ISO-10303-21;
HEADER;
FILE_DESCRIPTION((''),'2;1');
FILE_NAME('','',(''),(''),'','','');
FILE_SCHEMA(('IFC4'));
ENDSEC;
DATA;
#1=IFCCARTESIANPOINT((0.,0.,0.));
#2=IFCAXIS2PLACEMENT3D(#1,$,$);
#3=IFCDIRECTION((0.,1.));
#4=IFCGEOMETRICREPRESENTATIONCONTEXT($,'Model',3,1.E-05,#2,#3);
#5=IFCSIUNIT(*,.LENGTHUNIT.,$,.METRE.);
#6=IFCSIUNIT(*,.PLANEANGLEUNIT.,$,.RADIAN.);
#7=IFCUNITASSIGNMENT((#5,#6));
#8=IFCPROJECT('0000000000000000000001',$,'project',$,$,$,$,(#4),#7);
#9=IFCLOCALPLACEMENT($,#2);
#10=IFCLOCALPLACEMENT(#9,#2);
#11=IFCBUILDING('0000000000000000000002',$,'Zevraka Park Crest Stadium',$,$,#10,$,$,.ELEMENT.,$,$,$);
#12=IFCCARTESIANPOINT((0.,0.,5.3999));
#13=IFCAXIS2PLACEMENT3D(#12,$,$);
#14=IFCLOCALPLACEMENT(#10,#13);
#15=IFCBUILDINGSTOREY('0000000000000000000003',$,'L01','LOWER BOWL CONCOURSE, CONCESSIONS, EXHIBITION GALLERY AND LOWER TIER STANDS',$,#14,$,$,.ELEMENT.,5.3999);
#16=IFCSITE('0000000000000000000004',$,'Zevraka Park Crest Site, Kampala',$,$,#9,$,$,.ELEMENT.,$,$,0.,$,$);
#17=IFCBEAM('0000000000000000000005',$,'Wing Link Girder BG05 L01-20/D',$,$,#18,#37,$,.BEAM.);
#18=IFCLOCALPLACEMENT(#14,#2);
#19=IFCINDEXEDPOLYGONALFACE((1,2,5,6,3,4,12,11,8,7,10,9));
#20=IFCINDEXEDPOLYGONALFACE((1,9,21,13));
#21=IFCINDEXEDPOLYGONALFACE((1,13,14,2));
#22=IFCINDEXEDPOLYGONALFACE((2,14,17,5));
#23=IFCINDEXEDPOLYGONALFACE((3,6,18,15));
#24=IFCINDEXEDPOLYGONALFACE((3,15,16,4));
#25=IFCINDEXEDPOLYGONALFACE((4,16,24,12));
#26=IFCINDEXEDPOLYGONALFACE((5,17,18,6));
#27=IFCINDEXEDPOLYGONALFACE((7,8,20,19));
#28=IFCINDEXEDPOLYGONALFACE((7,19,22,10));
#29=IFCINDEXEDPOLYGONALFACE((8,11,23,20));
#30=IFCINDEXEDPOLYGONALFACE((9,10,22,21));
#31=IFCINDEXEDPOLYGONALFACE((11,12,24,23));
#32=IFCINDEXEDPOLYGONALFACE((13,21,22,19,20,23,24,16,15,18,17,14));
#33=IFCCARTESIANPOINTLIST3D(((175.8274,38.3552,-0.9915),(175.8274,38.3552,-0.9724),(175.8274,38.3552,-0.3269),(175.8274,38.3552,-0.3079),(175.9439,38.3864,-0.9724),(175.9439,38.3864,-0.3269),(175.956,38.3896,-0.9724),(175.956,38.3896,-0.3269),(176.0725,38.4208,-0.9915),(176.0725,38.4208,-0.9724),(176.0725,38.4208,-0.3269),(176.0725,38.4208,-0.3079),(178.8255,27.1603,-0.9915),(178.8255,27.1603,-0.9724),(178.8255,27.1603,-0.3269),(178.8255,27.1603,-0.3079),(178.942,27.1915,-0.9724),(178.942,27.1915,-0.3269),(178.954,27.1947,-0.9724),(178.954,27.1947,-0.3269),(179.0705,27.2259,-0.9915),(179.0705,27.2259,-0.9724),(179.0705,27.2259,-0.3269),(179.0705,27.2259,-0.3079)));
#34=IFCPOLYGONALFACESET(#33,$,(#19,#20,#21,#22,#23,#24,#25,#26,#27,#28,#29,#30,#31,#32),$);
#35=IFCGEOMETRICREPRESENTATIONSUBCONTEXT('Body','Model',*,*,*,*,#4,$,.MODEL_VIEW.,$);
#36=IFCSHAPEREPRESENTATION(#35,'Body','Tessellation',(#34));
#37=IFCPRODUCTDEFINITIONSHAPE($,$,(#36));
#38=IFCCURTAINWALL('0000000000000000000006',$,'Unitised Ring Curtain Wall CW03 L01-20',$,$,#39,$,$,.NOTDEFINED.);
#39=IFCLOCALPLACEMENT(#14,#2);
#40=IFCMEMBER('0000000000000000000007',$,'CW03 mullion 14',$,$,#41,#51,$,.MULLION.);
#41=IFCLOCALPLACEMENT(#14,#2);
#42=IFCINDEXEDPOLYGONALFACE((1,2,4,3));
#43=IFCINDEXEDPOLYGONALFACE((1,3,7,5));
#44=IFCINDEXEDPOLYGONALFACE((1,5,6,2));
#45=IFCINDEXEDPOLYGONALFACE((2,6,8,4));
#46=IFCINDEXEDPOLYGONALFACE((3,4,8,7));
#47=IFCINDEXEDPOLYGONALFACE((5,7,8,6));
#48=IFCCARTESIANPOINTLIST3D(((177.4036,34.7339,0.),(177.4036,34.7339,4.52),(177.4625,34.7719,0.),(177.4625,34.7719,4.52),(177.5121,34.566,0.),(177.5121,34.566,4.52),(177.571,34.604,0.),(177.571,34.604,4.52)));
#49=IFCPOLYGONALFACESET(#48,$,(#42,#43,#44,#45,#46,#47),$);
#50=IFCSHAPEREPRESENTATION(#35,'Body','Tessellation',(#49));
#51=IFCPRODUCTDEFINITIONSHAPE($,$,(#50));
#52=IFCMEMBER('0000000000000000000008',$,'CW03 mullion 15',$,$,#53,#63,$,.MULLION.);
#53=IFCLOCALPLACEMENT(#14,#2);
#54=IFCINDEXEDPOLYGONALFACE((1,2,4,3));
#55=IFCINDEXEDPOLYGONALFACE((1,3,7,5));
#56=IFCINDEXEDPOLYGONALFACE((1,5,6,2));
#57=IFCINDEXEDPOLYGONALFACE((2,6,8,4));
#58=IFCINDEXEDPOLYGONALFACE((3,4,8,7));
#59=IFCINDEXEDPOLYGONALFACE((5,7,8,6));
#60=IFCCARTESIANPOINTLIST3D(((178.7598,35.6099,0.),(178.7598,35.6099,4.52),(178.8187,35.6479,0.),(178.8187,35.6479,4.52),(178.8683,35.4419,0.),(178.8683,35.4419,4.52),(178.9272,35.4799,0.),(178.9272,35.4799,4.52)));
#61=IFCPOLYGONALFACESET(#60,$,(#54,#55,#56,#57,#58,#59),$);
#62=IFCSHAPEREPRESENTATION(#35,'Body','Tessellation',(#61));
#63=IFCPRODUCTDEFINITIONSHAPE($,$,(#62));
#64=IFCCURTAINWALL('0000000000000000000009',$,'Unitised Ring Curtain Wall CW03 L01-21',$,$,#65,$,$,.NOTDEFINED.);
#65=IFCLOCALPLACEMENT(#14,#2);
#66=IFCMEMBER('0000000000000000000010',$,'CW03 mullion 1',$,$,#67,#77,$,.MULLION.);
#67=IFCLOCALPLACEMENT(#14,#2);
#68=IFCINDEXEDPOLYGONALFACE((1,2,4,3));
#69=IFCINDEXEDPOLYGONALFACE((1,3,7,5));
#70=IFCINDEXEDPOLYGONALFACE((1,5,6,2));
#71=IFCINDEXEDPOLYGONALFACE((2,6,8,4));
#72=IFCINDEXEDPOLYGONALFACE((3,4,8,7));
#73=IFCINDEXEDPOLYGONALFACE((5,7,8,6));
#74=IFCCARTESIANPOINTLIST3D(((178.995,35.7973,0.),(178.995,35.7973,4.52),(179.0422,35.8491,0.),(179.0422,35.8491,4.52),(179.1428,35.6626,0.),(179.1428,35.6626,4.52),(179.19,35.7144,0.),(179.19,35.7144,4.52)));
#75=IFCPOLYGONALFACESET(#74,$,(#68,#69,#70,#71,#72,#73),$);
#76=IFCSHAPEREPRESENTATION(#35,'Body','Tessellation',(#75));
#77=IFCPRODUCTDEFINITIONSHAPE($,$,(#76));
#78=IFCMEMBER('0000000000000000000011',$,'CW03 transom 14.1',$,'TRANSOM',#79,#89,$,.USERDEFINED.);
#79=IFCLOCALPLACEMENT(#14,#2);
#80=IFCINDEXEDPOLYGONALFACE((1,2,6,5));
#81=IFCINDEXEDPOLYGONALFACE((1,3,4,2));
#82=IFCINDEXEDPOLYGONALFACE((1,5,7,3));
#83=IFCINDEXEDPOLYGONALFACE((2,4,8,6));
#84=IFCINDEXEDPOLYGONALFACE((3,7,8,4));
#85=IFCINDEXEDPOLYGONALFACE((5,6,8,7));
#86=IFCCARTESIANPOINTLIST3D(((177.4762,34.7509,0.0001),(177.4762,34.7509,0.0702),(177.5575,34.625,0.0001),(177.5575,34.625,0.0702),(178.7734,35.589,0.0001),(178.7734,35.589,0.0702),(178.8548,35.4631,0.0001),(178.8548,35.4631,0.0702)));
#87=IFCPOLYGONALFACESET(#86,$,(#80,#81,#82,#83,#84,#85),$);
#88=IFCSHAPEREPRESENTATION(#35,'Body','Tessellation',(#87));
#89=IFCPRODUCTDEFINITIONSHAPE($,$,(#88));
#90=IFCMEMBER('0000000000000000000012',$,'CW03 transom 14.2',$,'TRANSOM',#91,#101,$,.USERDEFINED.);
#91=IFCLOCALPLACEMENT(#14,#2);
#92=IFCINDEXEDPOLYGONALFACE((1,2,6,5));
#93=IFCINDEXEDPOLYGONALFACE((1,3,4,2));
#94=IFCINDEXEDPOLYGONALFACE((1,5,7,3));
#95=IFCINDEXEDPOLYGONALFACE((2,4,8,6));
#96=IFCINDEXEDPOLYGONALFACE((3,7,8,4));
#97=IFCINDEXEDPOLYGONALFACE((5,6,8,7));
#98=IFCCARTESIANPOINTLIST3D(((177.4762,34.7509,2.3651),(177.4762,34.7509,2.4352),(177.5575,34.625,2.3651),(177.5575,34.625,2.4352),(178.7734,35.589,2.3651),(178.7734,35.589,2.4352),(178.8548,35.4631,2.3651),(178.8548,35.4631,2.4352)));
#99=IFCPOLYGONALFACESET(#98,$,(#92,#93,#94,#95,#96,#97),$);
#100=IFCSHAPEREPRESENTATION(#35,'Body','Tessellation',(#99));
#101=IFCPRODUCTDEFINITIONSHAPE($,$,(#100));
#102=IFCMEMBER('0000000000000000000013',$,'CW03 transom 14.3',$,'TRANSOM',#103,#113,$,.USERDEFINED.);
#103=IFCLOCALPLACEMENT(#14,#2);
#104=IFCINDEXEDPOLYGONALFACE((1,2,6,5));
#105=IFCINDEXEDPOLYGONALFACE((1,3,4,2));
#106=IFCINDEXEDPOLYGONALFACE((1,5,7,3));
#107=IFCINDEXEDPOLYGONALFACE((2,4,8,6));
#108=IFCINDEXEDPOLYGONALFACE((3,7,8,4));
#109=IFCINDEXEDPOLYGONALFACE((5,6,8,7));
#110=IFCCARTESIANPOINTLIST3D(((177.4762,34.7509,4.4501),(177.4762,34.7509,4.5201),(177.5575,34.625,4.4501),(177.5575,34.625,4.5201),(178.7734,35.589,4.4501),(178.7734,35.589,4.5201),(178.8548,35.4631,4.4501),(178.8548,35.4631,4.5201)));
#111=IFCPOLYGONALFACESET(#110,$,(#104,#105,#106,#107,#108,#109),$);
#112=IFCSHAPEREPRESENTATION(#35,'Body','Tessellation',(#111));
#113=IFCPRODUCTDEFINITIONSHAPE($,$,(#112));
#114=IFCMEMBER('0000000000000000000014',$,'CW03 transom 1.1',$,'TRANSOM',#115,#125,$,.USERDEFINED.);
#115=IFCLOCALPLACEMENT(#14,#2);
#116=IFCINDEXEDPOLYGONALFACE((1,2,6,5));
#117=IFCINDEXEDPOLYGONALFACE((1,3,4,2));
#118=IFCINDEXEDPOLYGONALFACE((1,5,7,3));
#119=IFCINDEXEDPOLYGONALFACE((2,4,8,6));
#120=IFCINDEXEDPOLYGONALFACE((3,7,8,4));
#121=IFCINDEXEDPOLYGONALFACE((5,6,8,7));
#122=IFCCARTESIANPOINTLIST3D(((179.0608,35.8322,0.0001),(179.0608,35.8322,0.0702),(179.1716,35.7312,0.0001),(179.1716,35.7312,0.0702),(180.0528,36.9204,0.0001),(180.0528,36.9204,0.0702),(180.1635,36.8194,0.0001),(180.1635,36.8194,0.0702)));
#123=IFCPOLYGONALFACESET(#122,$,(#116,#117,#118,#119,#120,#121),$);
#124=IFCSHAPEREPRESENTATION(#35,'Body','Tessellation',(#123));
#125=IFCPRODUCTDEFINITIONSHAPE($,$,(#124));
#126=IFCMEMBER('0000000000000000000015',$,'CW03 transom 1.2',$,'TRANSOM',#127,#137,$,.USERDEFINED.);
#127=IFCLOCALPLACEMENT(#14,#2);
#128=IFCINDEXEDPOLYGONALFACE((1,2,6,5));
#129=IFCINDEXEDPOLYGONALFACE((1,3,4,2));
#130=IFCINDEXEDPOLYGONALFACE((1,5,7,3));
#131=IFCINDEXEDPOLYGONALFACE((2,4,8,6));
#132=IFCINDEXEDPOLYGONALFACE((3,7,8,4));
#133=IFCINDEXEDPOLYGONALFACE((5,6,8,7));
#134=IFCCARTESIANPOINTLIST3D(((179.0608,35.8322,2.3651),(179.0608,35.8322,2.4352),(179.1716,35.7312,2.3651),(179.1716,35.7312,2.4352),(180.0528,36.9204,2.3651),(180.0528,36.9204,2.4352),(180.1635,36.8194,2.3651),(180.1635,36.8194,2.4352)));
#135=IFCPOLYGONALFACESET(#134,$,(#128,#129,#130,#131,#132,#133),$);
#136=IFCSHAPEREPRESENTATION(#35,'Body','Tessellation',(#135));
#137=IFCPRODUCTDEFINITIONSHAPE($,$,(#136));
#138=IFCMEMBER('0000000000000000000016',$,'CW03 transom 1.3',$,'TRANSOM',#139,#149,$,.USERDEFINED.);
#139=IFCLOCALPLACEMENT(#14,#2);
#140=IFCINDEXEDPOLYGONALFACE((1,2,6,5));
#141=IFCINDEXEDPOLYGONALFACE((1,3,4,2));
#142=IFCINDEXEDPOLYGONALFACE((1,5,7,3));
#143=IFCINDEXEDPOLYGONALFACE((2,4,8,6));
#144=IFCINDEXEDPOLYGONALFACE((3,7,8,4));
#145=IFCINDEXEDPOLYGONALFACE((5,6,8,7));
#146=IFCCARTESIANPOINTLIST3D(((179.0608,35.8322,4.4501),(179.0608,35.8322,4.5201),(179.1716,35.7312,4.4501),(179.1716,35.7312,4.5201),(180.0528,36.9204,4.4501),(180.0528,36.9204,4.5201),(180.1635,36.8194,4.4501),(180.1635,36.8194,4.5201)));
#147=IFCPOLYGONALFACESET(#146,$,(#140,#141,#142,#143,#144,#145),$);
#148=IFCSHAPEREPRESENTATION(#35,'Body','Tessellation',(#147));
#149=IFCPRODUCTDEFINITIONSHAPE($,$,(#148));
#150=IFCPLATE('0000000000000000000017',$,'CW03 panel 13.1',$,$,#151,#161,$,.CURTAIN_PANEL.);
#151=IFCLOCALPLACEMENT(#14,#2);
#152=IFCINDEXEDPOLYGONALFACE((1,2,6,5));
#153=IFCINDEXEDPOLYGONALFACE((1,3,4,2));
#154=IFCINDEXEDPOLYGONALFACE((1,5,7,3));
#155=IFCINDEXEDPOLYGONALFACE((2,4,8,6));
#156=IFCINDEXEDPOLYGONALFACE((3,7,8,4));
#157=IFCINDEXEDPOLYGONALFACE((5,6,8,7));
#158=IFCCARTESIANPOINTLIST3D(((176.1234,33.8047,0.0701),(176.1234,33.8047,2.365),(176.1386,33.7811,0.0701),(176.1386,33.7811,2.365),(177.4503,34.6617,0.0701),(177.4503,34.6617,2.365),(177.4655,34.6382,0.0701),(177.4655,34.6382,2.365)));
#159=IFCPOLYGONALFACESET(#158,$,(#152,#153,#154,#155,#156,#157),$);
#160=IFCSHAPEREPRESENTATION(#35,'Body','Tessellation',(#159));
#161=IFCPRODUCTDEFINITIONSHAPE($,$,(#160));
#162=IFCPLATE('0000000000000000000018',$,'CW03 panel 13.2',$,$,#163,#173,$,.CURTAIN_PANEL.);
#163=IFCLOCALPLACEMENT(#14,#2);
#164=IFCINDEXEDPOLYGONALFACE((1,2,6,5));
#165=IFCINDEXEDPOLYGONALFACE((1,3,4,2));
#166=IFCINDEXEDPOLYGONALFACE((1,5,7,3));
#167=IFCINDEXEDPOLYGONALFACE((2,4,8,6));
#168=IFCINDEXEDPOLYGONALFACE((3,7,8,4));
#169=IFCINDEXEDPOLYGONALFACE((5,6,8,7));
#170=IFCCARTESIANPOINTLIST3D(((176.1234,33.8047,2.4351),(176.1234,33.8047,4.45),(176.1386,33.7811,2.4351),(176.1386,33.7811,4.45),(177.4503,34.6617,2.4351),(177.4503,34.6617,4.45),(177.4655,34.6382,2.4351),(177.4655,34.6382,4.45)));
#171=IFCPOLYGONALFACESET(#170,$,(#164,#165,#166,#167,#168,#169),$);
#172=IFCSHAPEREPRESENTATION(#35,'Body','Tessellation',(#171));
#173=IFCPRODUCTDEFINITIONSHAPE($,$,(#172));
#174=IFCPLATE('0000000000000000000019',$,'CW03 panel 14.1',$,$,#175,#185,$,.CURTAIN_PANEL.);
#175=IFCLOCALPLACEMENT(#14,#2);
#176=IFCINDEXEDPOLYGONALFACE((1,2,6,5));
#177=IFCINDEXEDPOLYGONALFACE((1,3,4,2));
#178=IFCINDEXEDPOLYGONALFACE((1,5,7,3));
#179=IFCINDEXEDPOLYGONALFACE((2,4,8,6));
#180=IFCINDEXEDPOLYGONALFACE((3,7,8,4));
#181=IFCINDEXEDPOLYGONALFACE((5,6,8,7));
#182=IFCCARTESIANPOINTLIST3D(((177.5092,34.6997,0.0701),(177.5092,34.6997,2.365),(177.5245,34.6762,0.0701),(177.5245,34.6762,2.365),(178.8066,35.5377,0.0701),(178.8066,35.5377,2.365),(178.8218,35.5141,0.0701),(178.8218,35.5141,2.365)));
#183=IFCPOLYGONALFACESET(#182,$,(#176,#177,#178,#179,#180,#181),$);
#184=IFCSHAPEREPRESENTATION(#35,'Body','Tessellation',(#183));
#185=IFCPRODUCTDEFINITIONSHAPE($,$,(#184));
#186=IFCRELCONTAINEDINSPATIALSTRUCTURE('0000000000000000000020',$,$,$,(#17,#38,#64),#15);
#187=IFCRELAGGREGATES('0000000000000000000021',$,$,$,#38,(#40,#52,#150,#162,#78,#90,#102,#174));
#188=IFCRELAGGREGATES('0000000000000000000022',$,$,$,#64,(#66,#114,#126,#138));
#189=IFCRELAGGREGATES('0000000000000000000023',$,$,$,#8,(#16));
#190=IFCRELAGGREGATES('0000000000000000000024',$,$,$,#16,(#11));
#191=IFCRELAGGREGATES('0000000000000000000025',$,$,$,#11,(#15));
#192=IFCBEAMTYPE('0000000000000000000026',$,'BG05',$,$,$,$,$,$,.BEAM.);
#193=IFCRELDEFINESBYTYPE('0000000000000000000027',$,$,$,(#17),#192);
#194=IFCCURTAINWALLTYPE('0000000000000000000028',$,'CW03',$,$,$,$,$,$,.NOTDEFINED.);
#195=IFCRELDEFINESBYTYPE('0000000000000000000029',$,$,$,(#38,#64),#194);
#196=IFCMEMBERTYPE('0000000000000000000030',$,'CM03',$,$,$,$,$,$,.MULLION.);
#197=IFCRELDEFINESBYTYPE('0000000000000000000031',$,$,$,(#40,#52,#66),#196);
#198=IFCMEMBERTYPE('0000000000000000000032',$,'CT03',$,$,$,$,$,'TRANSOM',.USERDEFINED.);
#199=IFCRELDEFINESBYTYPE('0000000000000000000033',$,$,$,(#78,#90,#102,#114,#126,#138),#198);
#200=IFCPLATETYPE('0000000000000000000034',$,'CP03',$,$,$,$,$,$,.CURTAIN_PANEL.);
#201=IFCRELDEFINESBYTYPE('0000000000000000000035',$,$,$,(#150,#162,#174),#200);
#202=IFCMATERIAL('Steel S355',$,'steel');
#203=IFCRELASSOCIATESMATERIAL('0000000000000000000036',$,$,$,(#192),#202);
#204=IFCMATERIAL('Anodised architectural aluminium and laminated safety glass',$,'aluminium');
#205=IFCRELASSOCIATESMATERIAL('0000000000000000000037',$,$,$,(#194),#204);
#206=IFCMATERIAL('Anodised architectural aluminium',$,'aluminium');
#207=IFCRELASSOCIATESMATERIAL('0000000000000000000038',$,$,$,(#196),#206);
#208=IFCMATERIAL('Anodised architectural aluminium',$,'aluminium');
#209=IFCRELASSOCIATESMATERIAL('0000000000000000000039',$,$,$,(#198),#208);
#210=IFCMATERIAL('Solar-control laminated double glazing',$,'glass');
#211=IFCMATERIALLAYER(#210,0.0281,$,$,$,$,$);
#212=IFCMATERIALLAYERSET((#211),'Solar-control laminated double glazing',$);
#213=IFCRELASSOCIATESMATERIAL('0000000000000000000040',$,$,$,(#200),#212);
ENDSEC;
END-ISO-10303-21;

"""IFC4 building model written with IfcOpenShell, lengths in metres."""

from ifc_helpers import new_model, si_unit, direction, frame, origin, origin_2d, place, context, subcontext, project, spatial, rectangle, i_section, extrude, material, layer, layer_set, material_profile, profile_set, type_object, element, aggregate, save


model = new_model("IFC4")

# Units and contexts
model_context = context("Model", 3, precision=1e-05, world=origin(), true_north=direction((0.0, 1.0)))
body_context = subcontext(model_context, "Body", "Model", "MODEL_VIEW")
ifc_project = project(units=[si_unit("LENGTHUNIT", "METRE"), si_unit("PLANEANGLEUNIT", "RADIAN")], contexts=[model_context])

# Site, building, storey
site_placement = place(None, origin())
site = spatial("IfcSite", under=ifc_project, at=site_placement, Name="Zevraka Park Crest Site, Kampala", CompositionType="ELEMENT", RefElevation=0.0)
building_placement = place(site_placement, origin())
building = spatial("IfcBuilding", under=site, at=building_placement, Name="Zevraka Park Crest Stadium", CompositionType="ELEMENT")
storey_placement = place(building_placement, frame((0.0, 0.0, 5.3999)))
storey = spatial("IfcBuildingStorey", under=building, at=storey_placement, Name="L01", Description="LOWER BOWL CONCOURSE, CONCESSIONS, EXHIBITION GALLERY AND LOWER TIER STANDS", CompositionType="ELEMENT", Elevation=5.3999)

# Beam
ifc_material_1 = material(Name="Steel S355", Category="steel")
ifc_material_profile_1 = material_profile(ifc_material_1, i_section(OverallWidth=0.2537, OverallDepth=0.6836, WebThickness=0.0125, FlangeThickness=0.019, at=origin_2d()), Name="UKB 686x254x140")
ifc_profile_set_1 = profile_set([ifc_material_profile_1], Name="Steel S355")
beam_type = type_object("IfcBeamType", Name="BG05", PredefinedType="BEAM", material=ifc_profile_set_1)
beam_placement = place(storey_placement, frame((178.948, 27.1931, -0.6497), z_axis=(-0.25869, 0.96596, 0.0), x_axis=(-0.96596, -0.25869, 0.0)))
element("IfcBeam", 1, at=beam_placement, inside=storey, type_object=beam_type, Name="Wing Link Girder BG05 L01-20/D", PredefinedType="BEAM", context=body_context, shape_type="SweptSolid", body=[
    extrude(i_section(OverallWidth=0.2537, OverallDepth=0.6836, WebThickness=0.0125, FlangeThickness=0.019, at=origin_2d()), origin(), (0.0, 0.0, 1.0), 11.5894),
])

# Curtain wall, members
ifc_material_2 = material(Name="Anodised architectural aluminium and laminated safety glass", Category="aluminium")
curtain_wall_type = type_object("IfcCurtainWallType", Name="CW03", PredefinedType="NOTDEFINED", material=ifc_material_2)
curtain_wall_1_placement = place(storey_placement, origin())
curtain_wall_1 = element("IfcCurtainWall", 2, at=curtain_wall_1_placement, inside=storey, type_object=curtain_wall_type, Name="Unitised Ring Curtain Wall CW03 L01-20", PredefinedType="NOTDEFINED")
ifc_material_3 = material(Name="Anodised architectural aluminium", Category="aluminium")
ifc_material_profile_2 = material_profile(ifc_material_3, rectangle(XDim=0.2, YDim=0.0701, at=origin_2d()), Name="ALU MULLION 200x70")
ifc_profile_set_2 = profile_set([ifc_material_profile_2], Name="Anodised architectural aluminium")
member_type_1 = type_object("IfcMemberType", Name="CM03", PredefinedType="MULLION", material=ifc_profile_set_2)
member_1_placement = place(storey_placement, frame((177.4873, 34.6689, 0.0), z_axis=(0.0, 0.0, 1.0), x_axis=(-0.542571, 0.84001, 0.0)))
member_1 = element("IfcMember", 3, at=member_1_placement, type_object=member_type_1, Name="CW03 mullion 14", PredefinedType="MULLION", context=body_context, shape_type="SweptSolid", body=[
    extrude(rectangle(XDim=0.2, YDim=0.0701, at=origin_2d()), origin(), (0.0, 0.0, 1.0), 4.52),
])
member_2_placement = place(storey_placement, frame((178.8435, 35.5449, 0.0), z_axis=(0.0, 0.0, 1.0), x_axis=(-0.542571, 0.84001, 0.0)))
member_2 = element("IfcMember", 4, at=member_2_placement, type_object=member_type_1, Name="CW03 mullion 15", PredefinedType="MULLION", context=body_context, shape_type="SweptSolid", body=[
    extrude(rectangle(XDim=0.2, YDim=0.0701, at=origin_2d()), origin(), (0.0, 0.0, 1.0), 4.52),
])

# Curtain wall, member
curtain_wall_2_placement = place(storey_placement, origin())
curtain_wall_2 = element("IfcCurtainWall", 5, at=curtain_wall_2_placement, inside=storey, type_object=curtain_wall_type, Name="Unitised Ring Curtain Wall CW03 L01-21", PredefinedType="NOTDEFINED")
member_3_placement = place(storey_placement, frame((179.0925, 35.7559, 0.0), z_axis=(0.0, 0.0, 1.0), x_axis=(-0.739023, 0.67368, 0.0)))
member_3 = element("IfcMember", 6, at=member_3_placement, type_object=member_type_1, Name="CW03 mullion 1", PredefinedType="MULLION", context=body_context, shape_type="SweptSolid", body=[
    extrude(rectangle(XDim=0.2, YDim=0.0701, at=origin_2d()), origin(), (0.0, 0.0, 1.0), 4.52),
])

# Members
ifc_material_4 = material(Name="Anodised architectural aluminium", Category="aluminium")
ifc_material_profile_3 = material_profile(ifc_material_4, rectangle(XDim=0.1499, YDim=0.0701, at=origin_2d()), Name="ALU TRANSOM 150x70")
ifc_profile_set_3 = profile_set([ifc_material_profile_3], Name="Anodised architectural aluminium")
member_type_2 = type_object("IfcMemberType", Name="CT03", ElementType="TRANSOM", PredefinedType="USERDEFINED", material=ifc_profile_set_3)
member_4_placement = place(storey_placement, frame((177.5168, 34.688, 0.0352), z_axis=(0.839964, 0.542642, 0.0), x_axis=(-0.542642, 0.839964, 0.0)))
member_4 = element("IfcMember", 7, at=member_4_placement, type_object=member_type_2, Name="CW03 transom 14.1", ObjectType="TRANSOM", PredefinedType="USERDEFINED", context=body_context, shape_type="SweptSolid", body=[
    extrude(rectangle(XDim=0.1499, YDim=0.0701, at=origin_2d()), origin(), (0.0, 0.0, 1.0), 1.5444),
])
member_5_placement = place(storey_placement, frame((177.5168, 34.688, 2.4001), z_axis=(0.839964, 0.542642, 0.0), x_axis=(-0.542642, 0.839964, 0.0)))
member_5 = element("IfcMember", 8, at=member_5_placement, type_object=member_type_2, Name="CW03 transom 14.2", ObjectType="TRANSOM", PredefinedType="USERDEFINED", context=body_context, shape_type="SweptSolid", body=[
    extrude(rectangle(XDim=0.1499, YDim=0.0701, at=origin_2d()), origin(), (0.0, 0.0, 1.0), 1.5444),
])
member_6_placement = place(storey_placement, frame((177.5168, 34.688, 4.4851), z_axis=(0.839964, 0.542642, 0.0), x_axis=(-0.542642, 0.839964, 0.0)))
member_6 = element("IfcMember", 9, at=member_6_placement, type_object=member_type_2, Name="CW03 transom 14.3", ObjectType="TRANSOM", PredefinedType="USERDEFINED", context=body_context, shape_type="SweptSolid", body=[
    extrude(rectangle(XDim=0.1499, YDim=0.0701, at=origin_2d()), origin(), (0.0, 0.0, 1.0), 1.5444),
])
member_7_placement = place(storey_placement, frame((179.1162, 35.7817, 0.0352), z_axis=(0.673687, 0.739017, 0.0), x_axis=(-0.739017, 0.673687, 0.0)))
member_7 = element("IfcMember", 10, at=member_7_placement, type_object=member_type_2, Name="CW03 transom 1.1", ObjectType="TRANSOM", PredefinedType="USERDEFINED", context=body_context, shape_type="SweptSolid", body=[
    extrude(rectangle(XDim=0.1499, YDim=0.0701, at=origin_2d()), origin(), (0.0, 0.0, 1.0), 1.4724),
])
member_8_placement = place(storey_placement, frame((179.1162, 35.7817, 2.4001), z_axis=(0.673687, 0.739017, 0.0), x_axis=(-0.739017, 0.673687, 0.0)))
member_8 = element("IfcMember", 11, at=member_8_placement, type_object=member_type_2, Name="CW03 transom 1.2", ObjectType="TRANSOM", PredefinedType="USERDEFINED", context=body_context, shape_type="SweptSolid", body=[
    extrude(rectangle(XDim=0.1499, YDim=0.0701, at=origin_2d()), origin(), (0.0, 0.0, 1.0), 1.4724),
])
member_9_placement = place(storey_placement, frame((179.1162, 35.7817, 4.4851), z_axis=(0.673687, 0.739017, 0.0), x_axis=(-0.739017, 0.673687, 0.0)))
member_9 = element("IfcMember", 12, at=member_9_placement, type_object=member_type_2, Name="CW03 transom 1.3", ObjectType="TRANSOM", PredefinedType="USERDEFINED", context=body_context, shape_type="SweptSolid", body=[
    extrude(rectangle(XDim=0.1499, YDim=0.0701, at=origin_2d()), origin(), (0.0, 0.0, 1.0), 1.4724),
])

# Plates
ifc_material_5 = material(Name="Solar-control laminated double glazing", Category="glass")
ifc_layer_1 = layer(ifc_material_5, 0.0281)
ifc_layer_set_1 = layer_set([ifc_layer_1], Name="Solar-control laminated double glazing")
plate_type = type_object("IfcPlateType", Name="CP03", PredefinedType="CURTAIN_PANEL", material=ifc_layer_set_1)
plate_1_placement = place(storey_placement, frame((176.7944, 34.2214, 0.0701), z_axis=(0.0, 0.0, 1.0), x_axis=(0.84001, 0.542571, 0.0)))
plate_1 = element("IfcPlate", 13, at=plate_1_placement, type_object=plate_type, Name="CW03 panel 13.1", PredefinedType="CURTAIN_PANEL", context=body_context, shape_type="SweptSolid", body=[
    extrude(rectangle(XDim=1.5796, YDim=0.0281, at=origin_2d()), origin(), (0.0, 0.0, 1.0), 2.2949),
])
plate_2_placement = place(storey_placement, frame((176.7944, 34.2214, 2.4351), z_axis=(0.0, 0.0, 1.0), x_axis=(0.84001, 0.542571, 0.0)))
plate_2 = element("IfcPlate", 14, at=plate_2_placement, type_object=plate_type, Name="CW03 panel 13.2", PredefinedType="CURTAIN_PANEL", context=body_context, shape_type="SweptSolid", body=[
    extrude(rectangle(XDim=1.5796, YDim=0.0281, at=origin_2d()), origin(), (0.0, 0.0, 1.0), 2.0149),
])
plate_3_placement = place(storey_placement, frame((178.1655, 35.1069, 0.0701), z_axis=(0.0, 0.0, 1.0), x_axis=(0.84001, 0.542571, 0.0)))
plate_3 = element("IfcPlate", 15, at=plate_3_placement, type_object=plate_type, Name="CW03 panel 14.1", PredefinedType="CURTAIN_PANEL", context=body_context, shape_type="SweptSolid", body=[
    extrude(rectangle(XDim=1.5444, YDim=0.0281, at=origin_2d()), origin(), (0.0, 0.0, 1.0), 2.2949),
])
aggregate(curtain_wall_1, [member_1, member_2, plate_1, plate_2, member_4, member_5, member_6, plate_3])
aggregate(curtain_wall_2, [member_3, member_7, member_8, member_9])

save(model, "model.ifc")
